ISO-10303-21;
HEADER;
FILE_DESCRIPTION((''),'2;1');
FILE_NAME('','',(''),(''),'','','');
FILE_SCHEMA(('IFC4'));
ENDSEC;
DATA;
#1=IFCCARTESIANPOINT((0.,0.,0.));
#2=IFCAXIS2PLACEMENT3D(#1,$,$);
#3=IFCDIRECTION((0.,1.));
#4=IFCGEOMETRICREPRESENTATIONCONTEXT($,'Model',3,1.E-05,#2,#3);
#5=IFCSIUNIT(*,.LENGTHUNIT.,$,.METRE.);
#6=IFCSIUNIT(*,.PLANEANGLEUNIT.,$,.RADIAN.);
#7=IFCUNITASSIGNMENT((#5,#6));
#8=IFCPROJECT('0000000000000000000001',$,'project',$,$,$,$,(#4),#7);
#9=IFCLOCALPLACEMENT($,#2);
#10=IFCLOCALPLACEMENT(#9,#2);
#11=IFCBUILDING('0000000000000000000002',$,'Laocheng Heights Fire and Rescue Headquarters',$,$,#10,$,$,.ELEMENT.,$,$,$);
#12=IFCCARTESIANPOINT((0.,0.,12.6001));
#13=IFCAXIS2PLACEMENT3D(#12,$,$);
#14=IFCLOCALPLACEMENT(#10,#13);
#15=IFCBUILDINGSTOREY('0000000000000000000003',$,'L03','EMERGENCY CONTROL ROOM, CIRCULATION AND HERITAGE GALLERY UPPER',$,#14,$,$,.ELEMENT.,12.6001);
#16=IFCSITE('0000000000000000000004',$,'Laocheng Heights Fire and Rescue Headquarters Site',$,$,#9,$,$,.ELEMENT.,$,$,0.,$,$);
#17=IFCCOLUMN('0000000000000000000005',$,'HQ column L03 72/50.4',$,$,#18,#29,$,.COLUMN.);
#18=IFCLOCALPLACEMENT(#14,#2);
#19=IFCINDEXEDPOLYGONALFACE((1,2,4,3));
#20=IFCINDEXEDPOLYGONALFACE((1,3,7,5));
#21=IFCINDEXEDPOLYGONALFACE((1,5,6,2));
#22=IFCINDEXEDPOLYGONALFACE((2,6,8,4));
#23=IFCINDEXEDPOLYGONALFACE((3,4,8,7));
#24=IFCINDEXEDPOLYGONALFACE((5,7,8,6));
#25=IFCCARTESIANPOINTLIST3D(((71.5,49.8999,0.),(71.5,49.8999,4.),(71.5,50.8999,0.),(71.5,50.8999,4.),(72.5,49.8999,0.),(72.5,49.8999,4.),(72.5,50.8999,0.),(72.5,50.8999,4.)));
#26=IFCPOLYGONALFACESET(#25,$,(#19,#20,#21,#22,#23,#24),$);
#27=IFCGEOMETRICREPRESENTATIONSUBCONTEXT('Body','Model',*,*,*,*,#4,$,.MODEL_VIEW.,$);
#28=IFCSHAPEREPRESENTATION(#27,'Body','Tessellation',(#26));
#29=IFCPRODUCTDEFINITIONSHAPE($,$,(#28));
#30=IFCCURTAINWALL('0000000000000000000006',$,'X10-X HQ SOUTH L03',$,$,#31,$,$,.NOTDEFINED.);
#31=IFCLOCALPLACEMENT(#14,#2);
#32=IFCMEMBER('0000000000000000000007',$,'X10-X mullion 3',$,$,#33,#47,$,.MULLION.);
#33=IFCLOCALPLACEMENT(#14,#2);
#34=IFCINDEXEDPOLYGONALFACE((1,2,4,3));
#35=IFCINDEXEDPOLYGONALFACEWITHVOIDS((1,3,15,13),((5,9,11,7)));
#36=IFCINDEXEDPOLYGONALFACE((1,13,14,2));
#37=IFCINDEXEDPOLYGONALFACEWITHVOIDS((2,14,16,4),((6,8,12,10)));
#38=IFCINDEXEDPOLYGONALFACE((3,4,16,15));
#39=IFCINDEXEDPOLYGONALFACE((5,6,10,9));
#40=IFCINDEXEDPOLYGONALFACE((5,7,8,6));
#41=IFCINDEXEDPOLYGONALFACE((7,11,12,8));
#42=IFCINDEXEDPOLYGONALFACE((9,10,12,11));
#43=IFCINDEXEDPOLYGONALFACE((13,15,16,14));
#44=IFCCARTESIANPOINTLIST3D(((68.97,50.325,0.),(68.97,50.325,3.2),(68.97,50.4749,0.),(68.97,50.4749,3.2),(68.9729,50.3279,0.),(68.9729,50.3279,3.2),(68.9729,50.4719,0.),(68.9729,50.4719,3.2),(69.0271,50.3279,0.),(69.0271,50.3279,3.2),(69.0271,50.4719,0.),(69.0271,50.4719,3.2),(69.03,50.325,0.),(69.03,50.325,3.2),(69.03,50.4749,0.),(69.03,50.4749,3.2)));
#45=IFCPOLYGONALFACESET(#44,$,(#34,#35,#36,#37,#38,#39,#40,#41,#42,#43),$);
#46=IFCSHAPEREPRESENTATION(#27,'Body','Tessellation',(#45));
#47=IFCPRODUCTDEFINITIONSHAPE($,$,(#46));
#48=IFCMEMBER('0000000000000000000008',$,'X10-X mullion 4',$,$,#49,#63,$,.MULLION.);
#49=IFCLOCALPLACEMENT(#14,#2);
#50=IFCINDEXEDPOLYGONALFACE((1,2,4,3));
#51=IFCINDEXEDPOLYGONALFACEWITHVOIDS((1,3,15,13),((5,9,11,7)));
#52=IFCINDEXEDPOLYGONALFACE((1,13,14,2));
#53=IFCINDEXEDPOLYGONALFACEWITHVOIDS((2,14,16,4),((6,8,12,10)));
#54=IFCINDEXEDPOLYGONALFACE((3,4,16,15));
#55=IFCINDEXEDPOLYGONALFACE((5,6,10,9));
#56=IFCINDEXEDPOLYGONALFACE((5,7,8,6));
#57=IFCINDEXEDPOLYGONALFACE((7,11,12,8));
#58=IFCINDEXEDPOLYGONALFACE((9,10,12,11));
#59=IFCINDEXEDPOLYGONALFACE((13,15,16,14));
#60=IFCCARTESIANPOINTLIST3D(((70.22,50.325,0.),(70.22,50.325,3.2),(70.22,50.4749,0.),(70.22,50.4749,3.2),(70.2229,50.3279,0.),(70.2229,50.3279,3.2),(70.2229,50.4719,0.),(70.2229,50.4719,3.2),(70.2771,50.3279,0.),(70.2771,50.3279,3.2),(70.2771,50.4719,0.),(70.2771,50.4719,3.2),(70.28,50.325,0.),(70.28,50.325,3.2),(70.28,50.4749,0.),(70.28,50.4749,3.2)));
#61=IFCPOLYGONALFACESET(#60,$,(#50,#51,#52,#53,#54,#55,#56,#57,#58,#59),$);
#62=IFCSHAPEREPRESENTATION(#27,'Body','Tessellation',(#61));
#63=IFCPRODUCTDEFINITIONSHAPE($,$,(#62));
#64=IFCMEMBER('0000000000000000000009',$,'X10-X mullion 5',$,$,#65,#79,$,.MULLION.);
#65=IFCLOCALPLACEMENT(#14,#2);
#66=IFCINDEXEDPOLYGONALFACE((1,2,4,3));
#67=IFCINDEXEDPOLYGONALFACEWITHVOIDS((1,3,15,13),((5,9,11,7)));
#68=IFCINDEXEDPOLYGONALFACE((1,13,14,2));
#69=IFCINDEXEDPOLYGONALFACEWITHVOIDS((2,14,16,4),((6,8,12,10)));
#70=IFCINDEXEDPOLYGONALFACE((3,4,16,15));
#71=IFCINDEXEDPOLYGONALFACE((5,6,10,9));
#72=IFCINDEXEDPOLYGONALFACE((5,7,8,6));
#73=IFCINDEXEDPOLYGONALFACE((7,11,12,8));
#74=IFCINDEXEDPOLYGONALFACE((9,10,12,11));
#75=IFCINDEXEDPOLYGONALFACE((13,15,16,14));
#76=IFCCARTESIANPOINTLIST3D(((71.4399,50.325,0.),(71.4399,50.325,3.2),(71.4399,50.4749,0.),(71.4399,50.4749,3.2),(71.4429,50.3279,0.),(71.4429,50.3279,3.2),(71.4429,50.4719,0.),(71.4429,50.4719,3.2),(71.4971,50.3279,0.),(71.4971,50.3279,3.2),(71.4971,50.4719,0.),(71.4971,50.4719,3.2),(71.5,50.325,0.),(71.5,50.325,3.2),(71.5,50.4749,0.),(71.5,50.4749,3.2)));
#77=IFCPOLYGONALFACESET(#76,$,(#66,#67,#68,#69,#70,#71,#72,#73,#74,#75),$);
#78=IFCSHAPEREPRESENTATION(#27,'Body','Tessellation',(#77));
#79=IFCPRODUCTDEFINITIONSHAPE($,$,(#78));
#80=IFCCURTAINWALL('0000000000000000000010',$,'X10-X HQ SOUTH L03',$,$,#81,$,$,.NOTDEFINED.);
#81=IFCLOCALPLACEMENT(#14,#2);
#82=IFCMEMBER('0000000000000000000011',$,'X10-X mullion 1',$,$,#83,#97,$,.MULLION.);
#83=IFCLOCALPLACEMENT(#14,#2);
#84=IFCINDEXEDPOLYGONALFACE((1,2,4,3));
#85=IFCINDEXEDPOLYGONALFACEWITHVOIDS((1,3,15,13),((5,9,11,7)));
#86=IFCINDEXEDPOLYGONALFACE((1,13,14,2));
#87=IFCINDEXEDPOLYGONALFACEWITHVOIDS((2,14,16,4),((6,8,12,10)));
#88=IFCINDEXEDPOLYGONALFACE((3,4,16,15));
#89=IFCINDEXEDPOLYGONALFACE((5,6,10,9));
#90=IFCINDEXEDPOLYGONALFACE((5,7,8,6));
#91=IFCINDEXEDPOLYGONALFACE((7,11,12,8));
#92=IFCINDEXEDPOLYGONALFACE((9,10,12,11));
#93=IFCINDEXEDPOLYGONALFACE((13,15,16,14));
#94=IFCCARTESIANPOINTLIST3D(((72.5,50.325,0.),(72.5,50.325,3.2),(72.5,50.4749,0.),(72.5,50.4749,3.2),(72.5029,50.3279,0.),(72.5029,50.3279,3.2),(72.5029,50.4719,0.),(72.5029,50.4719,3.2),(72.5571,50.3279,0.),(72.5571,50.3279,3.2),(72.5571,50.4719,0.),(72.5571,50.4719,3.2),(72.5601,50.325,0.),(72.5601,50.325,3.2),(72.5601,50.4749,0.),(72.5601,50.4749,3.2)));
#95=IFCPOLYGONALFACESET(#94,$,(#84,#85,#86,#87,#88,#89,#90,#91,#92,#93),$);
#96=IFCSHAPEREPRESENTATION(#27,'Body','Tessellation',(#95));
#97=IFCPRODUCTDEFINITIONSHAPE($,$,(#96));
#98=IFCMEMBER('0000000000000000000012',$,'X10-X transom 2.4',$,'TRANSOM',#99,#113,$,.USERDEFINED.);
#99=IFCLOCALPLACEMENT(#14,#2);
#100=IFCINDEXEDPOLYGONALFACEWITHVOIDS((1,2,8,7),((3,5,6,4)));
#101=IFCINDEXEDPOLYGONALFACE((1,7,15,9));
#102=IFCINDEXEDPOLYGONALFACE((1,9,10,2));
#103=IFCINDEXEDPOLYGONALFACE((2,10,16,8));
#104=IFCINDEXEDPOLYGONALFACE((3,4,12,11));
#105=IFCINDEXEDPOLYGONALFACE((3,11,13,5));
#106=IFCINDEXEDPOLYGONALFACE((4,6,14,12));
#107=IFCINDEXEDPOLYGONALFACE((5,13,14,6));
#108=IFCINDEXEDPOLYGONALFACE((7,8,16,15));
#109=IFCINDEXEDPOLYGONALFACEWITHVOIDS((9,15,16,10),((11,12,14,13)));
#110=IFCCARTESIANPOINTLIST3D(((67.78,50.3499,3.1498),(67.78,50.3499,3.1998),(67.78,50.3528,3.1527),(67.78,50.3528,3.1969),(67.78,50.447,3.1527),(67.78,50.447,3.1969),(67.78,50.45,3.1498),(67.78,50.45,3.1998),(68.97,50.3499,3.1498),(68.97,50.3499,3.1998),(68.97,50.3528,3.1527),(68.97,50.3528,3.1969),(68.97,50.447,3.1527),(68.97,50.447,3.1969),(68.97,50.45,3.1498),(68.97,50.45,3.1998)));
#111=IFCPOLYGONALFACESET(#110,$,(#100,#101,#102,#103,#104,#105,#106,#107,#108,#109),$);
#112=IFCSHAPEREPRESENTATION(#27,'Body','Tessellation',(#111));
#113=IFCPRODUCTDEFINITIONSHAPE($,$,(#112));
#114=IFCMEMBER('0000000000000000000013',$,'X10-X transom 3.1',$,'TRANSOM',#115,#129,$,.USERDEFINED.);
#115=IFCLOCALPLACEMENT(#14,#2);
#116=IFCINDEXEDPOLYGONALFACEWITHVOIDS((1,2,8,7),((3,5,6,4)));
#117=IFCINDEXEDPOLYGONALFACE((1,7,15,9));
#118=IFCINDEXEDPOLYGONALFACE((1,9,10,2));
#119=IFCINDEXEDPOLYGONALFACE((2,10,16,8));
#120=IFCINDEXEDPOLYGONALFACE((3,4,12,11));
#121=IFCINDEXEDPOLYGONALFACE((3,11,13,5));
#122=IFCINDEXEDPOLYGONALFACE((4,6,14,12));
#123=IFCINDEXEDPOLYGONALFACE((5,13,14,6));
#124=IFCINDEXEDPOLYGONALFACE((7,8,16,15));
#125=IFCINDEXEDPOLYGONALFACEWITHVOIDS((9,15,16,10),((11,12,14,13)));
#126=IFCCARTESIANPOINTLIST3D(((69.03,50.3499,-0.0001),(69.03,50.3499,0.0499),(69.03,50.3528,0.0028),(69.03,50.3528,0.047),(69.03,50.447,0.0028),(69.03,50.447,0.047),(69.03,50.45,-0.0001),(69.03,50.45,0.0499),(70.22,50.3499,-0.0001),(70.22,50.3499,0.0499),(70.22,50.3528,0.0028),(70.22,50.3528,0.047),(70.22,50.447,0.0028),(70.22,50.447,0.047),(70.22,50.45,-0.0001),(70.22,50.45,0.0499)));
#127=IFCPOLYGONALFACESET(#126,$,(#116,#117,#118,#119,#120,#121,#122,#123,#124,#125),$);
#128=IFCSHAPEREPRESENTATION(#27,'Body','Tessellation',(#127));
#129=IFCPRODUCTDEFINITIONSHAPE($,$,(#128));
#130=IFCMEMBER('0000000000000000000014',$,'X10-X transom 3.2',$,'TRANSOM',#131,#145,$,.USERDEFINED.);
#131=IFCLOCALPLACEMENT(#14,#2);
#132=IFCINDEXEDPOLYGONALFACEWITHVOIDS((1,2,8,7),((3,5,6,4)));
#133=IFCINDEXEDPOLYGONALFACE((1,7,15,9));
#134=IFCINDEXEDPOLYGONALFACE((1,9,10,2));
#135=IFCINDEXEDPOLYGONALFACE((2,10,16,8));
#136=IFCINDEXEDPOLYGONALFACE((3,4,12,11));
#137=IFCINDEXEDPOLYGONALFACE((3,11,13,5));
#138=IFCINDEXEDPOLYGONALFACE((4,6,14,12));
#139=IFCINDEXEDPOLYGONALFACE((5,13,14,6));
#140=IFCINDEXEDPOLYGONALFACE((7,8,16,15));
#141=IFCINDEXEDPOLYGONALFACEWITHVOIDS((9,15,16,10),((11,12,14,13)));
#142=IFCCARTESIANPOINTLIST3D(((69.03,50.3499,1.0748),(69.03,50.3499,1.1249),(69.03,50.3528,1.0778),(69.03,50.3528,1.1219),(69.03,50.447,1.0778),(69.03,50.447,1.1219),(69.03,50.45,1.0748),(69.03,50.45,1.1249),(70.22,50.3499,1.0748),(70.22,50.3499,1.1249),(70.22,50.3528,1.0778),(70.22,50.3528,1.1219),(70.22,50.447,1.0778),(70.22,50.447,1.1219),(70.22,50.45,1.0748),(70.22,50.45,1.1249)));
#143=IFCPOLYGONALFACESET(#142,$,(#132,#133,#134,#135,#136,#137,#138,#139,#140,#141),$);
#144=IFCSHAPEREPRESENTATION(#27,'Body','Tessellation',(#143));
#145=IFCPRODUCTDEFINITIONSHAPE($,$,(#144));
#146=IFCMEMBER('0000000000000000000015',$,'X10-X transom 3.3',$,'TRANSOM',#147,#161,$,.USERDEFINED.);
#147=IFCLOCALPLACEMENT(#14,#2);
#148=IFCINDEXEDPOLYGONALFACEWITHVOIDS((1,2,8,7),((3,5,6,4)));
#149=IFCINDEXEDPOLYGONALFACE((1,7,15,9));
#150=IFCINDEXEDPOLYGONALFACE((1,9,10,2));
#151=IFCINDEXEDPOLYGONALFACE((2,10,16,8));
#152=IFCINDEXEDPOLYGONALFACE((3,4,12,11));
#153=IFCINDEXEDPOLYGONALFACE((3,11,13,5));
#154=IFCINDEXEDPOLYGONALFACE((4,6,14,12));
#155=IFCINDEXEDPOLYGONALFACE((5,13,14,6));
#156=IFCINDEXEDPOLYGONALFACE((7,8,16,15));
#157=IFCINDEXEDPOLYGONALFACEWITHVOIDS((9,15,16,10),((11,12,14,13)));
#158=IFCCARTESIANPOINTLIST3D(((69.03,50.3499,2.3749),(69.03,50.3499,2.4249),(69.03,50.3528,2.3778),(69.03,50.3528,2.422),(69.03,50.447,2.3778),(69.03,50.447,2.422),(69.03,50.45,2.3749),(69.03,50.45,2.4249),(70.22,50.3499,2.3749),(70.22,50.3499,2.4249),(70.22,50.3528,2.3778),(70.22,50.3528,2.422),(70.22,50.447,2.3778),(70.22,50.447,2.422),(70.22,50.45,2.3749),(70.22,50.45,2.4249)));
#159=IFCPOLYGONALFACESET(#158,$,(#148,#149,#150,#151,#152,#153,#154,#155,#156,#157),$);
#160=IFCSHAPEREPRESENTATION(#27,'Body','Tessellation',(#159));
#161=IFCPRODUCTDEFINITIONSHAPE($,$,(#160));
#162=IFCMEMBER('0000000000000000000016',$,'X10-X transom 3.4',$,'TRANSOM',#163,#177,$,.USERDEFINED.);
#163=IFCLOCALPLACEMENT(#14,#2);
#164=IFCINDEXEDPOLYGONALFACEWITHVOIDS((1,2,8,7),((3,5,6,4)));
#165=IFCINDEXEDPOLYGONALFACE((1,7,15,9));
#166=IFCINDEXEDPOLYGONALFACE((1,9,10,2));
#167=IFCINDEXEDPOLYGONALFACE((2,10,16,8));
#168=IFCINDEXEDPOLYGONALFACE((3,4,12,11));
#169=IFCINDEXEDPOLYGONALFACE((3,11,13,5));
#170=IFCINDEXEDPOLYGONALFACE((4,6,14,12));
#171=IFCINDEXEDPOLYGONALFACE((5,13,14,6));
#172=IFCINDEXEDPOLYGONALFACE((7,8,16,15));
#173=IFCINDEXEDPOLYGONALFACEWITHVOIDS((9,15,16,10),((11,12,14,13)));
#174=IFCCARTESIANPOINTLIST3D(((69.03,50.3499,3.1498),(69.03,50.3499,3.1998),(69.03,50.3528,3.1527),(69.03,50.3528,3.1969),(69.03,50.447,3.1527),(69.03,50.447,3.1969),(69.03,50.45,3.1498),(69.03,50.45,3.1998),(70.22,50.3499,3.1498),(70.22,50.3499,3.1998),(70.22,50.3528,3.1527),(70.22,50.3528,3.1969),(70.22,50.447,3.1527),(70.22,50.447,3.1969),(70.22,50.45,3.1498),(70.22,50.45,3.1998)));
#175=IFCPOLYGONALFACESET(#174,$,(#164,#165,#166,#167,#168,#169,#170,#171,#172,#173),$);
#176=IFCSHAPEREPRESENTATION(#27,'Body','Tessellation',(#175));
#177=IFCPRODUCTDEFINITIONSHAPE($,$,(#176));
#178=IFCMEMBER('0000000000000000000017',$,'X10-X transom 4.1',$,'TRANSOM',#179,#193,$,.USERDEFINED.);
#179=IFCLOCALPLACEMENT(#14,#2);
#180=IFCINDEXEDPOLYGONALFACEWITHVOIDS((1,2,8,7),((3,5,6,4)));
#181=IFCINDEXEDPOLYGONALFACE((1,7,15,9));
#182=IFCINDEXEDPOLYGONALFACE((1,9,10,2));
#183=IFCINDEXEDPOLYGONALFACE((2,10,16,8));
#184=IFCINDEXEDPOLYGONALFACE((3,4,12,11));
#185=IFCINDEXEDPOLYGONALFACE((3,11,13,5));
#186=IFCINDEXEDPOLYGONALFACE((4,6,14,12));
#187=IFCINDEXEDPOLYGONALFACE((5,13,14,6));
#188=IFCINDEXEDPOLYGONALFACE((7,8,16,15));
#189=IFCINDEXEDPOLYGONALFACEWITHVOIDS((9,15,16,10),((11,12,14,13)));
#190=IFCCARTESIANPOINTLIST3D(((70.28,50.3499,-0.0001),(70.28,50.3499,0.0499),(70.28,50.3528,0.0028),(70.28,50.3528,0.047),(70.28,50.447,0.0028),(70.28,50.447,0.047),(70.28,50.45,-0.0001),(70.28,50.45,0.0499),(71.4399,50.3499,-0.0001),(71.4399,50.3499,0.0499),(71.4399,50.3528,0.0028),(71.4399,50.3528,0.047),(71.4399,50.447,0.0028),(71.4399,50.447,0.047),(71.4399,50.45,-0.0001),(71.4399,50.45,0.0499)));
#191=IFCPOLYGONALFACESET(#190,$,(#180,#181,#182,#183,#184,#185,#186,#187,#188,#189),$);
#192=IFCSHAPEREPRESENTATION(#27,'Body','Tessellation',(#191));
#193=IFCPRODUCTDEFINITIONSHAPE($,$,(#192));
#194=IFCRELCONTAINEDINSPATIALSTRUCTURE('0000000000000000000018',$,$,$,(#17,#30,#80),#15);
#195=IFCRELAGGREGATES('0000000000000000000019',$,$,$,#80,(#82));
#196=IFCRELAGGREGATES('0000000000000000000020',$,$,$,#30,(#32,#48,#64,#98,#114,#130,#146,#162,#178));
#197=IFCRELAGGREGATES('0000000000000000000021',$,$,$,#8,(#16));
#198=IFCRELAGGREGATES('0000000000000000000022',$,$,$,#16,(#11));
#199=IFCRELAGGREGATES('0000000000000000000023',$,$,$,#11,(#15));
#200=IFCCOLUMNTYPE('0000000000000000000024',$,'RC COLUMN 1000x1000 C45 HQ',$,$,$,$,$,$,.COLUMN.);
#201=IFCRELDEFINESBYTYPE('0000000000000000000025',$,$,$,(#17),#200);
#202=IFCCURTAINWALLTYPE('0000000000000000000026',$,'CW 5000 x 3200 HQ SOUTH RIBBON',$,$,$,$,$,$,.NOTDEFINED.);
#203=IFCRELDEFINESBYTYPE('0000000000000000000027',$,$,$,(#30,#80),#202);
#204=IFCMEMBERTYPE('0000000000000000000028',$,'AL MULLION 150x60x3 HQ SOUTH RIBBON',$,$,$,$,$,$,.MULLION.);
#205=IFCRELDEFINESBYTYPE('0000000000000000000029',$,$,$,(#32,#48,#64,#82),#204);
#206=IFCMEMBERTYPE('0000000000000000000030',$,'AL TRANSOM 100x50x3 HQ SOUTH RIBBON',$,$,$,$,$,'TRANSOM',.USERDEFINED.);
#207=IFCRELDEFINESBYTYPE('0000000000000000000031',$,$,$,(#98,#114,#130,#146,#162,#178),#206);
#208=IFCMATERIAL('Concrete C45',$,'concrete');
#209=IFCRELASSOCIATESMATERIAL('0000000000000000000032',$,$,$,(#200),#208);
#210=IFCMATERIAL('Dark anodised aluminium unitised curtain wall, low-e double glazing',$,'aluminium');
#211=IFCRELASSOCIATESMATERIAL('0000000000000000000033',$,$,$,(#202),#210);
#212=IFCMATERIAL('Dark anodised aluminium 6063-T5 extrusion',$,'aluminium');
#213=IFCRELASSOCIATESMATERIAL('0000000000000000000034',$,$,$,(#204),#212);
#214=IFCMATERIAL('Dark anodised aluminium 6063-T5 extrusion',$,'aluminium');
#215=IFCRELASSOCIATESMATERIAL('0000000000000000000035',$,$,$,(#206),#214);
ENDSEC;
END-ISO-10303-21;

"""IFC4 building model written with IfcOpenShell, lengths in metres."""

from ifc_helpers import new_model, si_unit, direction, frame, origin, origin_2d, place, context, subcontext, project, spatial, rectangle, hollow_rectangle, extrude, material, material_profile, profile_set, type_object, element, aggregate, save


model = new_model("IFC4")

# Units and contexts
model_context = context("Model", 3, precision=1e-05, world=origin(), true_north=direction((0.0, 1.0)))
body_context = subcontext(model_context, "Body", "Model", "MODEL_VIEW")
ifc_project = project(units=[si_unit("LENGTHUNIT", "METRE"), si_unit("PLANEANGLEUNIT", "RADIAN")], contexts=[model_context])

# Site, building, storey
site_placement = place(None, origin())
site = spatial("IfcSite", under=ifc_project, at=site_placement, Name="Laocheng Heights Fire and Rescue Headquarters Site", CompositionType="ELEMENT", RefElevation=0.0)
building_placement = place(site_placement, origin())
building = spatial("IfcBuilding", under=site, at=building_placement, Name="Laocheng Heights Fire and Rescue Headquarters", CompositionType="ELEMENT")
storey_placement = place(building_placement, frame((0.0, 0.0, 12.6001)))
storey = spatial("IfcBuildingStorey", under=building, at=storey_placement, Name="L03", Description="EMERGENCY CONTROL ROOM, CIRCULATION AND HERITAGE GALLERY UPPER", CompositionType="ELEMENT", Elevation=12.6001)

# Column
ifc_material_1 = material(Name="Concrete C45", Category="concrete")
ifc_material_profile_1 = material_profile(ifc_material_1, rectangle(XDim=1.0, YDim=1.0, at=origin_2d()), Name="RC COLUMN 1000x1000 C45 HQ")
ifc_profile_set_1 = profile_set([ifc_material_profile_1], Name="Concrete C45")
column_type = type_object("IfcColumnType", Name="RC COLUMN 1000x1000 C45 HQ", PredefinedType="COLUMN", material=ifc_profile_set_1)
column_placement = place(storey_placement, frame((72.0, 50.3999, 0.0), z_axis=(0.0, 0.0, 1.0), x_axis=(1.0, 0.0, 0.0)))
element("IfcColumn", 1, at=column_placement, inside=storey, type_object=column_type, Name="HQ column L03 72/50.4", PredefinedType="COLUMN", context=body_context, shape_type="SweptSolid", body=[
    extrude(rectangle(XDim=1.0, YDim=1.0, at=origin_2d()), origin(), (0.0, 0.0, 1.0), 4.0),
])

# Curtain wall, members
ifc_material_2 = material(Name="Dark anodised aluminium unitised curtain wall, low-e double glazing", Category="aluminium")
curtain_wall_type = type_object("IfcCurtainWallType", Name="CW 5000 x 3200 HQ SOUTH RIBBON", PredefinedType="NOTDEFINED", material=ifc_material_2)
curtain_wall_1_placement = place(storey_placement, origin())
curtain_wall_1 = element("IfcCurtainWall", 2, at=curtain_wall_1_placement, inside=storey, type_object=curtain_wall_type, Name="X10-X HQ SOUTH L03", PredefinedType="NOTDEFINED")
ifc_material_3 = material(Name="Dark anodised aluminium 6063-T5 extrusion", Category="aluminium")
ifc_material_profile_2 = material_profile(ifc_material_3, hollow_rectangle(XDim=0.1499, YDim=0.0601, WallThickness=0.0029, at=origin_2d()), Name="AL MULLION 150x60x3 HQ SOUTH RIBBON")
ifc_profile_set_2 = profile_set([ifc_material_profile_2], Name="Dark anodised aluminium 6063-T5 extrusion")
member_type_1 = type_object("IfcMemberType", Name="AL MULLION 150x60x3 HQ SOUTH RIBBON", PredefinedType="MULLION", material=ifc_profile_set_2)
member_1_placement = place(storey_placement, frame((69.0, 50.3999, 0.0), z_axis=(0.0, 0.0, 1.0), x_axis=(0.0, 1.0, 0.0)))
member_1 = element("IfcMember", 3, at=member_1_placement, type_object=member_type_1, Name="X10-X mullion 3", PredefinedType="MULLION", context=body_context, shape_type="SweptSolid", body=[
    extrude(hollow_rectangle(XDim=0.1499, YDim=0.0601, WallThickness=0.0029, at=origin_2d()), origin(), (0.0, 0.0, 1.0), 3.2),
])
member_2_placement = place(storey_placement, frame((70.25, 50.3999, 0.0), z_axis=(0.0, 0.0, 1.0), x_axis=(0.0, 1.0, 0.0)))
member_2 = element("IfcMember", 4, at=member_2_placement, type_object=member_type_1, Name="X10-X mullion 4", PredefinedType="MULLION", context=body_context, shape_type="SweptSolid", body=[
    extrude(hollow_rectangle(XDim=0.1499, YDim=0.0601, WallThickness=0.0029, at=origin_2d()), origin(), (0.0, 0.0, 1.0), 3.2),
])
member_3_placement = place(storey_placement, frame((71.47, 50.3999, 0.0), z_axis=(0.0, 0.0, 1.0), x_axis=(0.0, 1.0, 0.0)))
member_3 = element("IfcMember", 5, at=member_3_placement, type_object=member_type_1, Name="X10-X mullion 5", PredefinedType="MULLION", context=body_context, shape_type="SweptSolid", body=[
    extrude(hollow_rectangle(XDim=0.1499, YDim=0.0601, WallThickness=0.0029, at=origin_2d()), origin(), (0.0, 0.0, 1.0), 3.2),
])

# Curtain wall, member
curtain_wall_2_placement = place(storey_placement, origin())
curtain_wall_2 = element("IfcCurtainWall", 6, at=curtain_wall_2_placement, inside=storey, type_object=curtain_wall_type, Name="X10-X HQ SOUTH L03", PredefinedType="NOTDEFINED")
member_4_placement = place(storey_placement, frame((72.53, 50.3999, 0.0), z_axis=(0.0, 0.0, 1.0), x_axis=(0.0, 1.0, 0.0)))
member_4 = element("IfcMember", 7, at=member_4_placement, type_object=member_type_1, Name="X10-X mullion 1", PredefinedType="MULLION", context=body_context, shape_type="SweptSolid", body=[
    extrude(hollow_rectangle(XDim=0.1499, YDim=0.0601, WallThickness=0.0029, at=origin_2d()), origin(), (0.0, 0.0, 1.0), 3.2),
])

# Members
ifc_material_4 = material(Name="Dark anodised aluminium 6063-T5 extrusion", Category="aluminium")
ifc_material_profile_3 = material_profile(ifc_material_4, hollow_rectangle(XDim=0.1001, YDim=0.05, WallThickness=0.0029, at=origin_2d()), Name="AL TRANSOM 100x50x3 HQ SOUTH RIBBON")
ifc_profile_set_3 = profile_set([ifc_material_profile_3], Name="Dark anodised aluminium 6063-T5 extrusion")
member_type_2 = type_object("IfcMemberType", Name="AL TRANSOM 100x50x3 HQ SOUTH RIBBON", ElementType="TRANSOM", PredefinedType="USERDEFINED", material=ifc_profile_set_3)
member_5_placement = place(storey_placement, frame((67.78, 50.3999, 3.1748), z_axis=(1.0, 0.0, 0.0), x_axis=(0.0, 1.0, 0.0)))
member_5 = element("IfcMember", 8, at=member_5_placement, type_object=member_type_2, Name="X10-X transom 2.4", ObjectType="TRANSOM", PredefinedType="USERDEFINED", context=body_context, shape_type="SweptSolid", body=[
    extrude(hollow_rectangle(XDim=0.1001, YDim=0.05, WallThickness=0.0029, at=origin_2d()), origin(), (0.0, 0.0, 1.0), 1.1899),
])
member_6_placement = place(storey_placement, frame((69.03, 50.3999, 0.0249), z_axis=(1.0, 0.0, 0.0), x_axis=(0.0, 1.0, 0.0)))
member_6 = element("IfcMember", 9, at=member_6_placement, type_object=member_type_2, Name="X10-X transom 3.1", ObjectType="TRANSOM", PredefinedType="USERDEFINED", context=body_context, shape_type="SweptSolid", body=[
    extrude(hollow_rectangle(XDim=0.1001, YDim=0.05, WallThickness=0.0029, at=origin_2d()), origin(), (0.0, 0.0, 1.0), 1.1899),
])
member_7_placement = place(storey_placement, frame((69.03, 50.3999, 1.0999), z_axis=(1.0, 0.0, 0.0), x_axis=(0.0, 1.0, 0.0)))
member_7 = element("IfcMember", 10, at=member_7_placement, type_object=member_type_2, Name="X10-X transom 3.2", ObjectType="TRANSOM", PredefinedType="USERDEFINED", context=body_context, shape_type="SweptSolid", body=[
    extrude(hollow_rectangle(XDim=0.1001, YDim=0.05, WallThickness=0.0029, at=origin_2d()), origin(), (0.0, 0.0, 1.0), 1.1899),
])
member_8_placement = place(storey_placement, frame((69.03, 50.3999, 2.3999), z_axis=(1.0, 0.0, 0.0), x_axis=(0.0, 1.0, 0.0)))
member_8 = element("IfcMember", 11, at=member_8_placement, type_object=member_type_2, Name="X10-X transom 3.3", ObjectType="TRANSOM", PredefinedType="USERDEFINED", context=body_context, shape_type="SweptSolid", body=[
    extrude(hollow_rectangle(XDim=0.1001, YDim=0.05, WallThickness=0.0029, at=origin_2d()), origin(), (0.0, 0.0, 1.0), 1.1899),
])
member_9_placement = place(storey_placement, frame((69.03, 50.3999, 3.1748), z_axis=(1.0, 0.0, 0.0), x_axis=(0.0, 1.0, 0.0)))
member_9 = element("IfcMember", 12, at=member_9_placement, type_object=member_type_2, Name="X10-X transom 3.4", ObjectType="TRANSOM", PredefinedType="USERDEFINED", context=body_context, shape_type="SweptSolid", body=[
    extrude(hollow_rectangle(XDim=0.1001, YDim=0.05, WallThickness=0.0029, at=origin_2d()), origin(), (0.0, 0.0, 1.0), 1.1899),
])
member_10_placement = place(storey_placement, frame((70.28, 50.3999, 0.0249), z_axis=(1.0, 0.0, 0.0), x_axis=(0.0, 1.0, 0.0)))
member_10 = element("IfcMember", 13, at=member_10_placement, type_object=member_type_2, Name="X10-X transom 4.1", ObjectType="TRANSOM", PredefinedType="USERDEFINED", context=body_context, shape_type="SweptSolid", body=[
    extrude(hollow_rectangle(XDim=0.1001, YDim=0.05, WallThickness=0.0029, at=origin_2d()), origin(), (0.0, 0.0, 1.0), 1.1599),
])
aggregate(curtain_wall_2, [member_4])

aggregate(curtain_wall_1, [member_1, member_2, member_3, member_5, member_6, member_7, member_8, member_9, member_10])

save(model, "model.ifc")
